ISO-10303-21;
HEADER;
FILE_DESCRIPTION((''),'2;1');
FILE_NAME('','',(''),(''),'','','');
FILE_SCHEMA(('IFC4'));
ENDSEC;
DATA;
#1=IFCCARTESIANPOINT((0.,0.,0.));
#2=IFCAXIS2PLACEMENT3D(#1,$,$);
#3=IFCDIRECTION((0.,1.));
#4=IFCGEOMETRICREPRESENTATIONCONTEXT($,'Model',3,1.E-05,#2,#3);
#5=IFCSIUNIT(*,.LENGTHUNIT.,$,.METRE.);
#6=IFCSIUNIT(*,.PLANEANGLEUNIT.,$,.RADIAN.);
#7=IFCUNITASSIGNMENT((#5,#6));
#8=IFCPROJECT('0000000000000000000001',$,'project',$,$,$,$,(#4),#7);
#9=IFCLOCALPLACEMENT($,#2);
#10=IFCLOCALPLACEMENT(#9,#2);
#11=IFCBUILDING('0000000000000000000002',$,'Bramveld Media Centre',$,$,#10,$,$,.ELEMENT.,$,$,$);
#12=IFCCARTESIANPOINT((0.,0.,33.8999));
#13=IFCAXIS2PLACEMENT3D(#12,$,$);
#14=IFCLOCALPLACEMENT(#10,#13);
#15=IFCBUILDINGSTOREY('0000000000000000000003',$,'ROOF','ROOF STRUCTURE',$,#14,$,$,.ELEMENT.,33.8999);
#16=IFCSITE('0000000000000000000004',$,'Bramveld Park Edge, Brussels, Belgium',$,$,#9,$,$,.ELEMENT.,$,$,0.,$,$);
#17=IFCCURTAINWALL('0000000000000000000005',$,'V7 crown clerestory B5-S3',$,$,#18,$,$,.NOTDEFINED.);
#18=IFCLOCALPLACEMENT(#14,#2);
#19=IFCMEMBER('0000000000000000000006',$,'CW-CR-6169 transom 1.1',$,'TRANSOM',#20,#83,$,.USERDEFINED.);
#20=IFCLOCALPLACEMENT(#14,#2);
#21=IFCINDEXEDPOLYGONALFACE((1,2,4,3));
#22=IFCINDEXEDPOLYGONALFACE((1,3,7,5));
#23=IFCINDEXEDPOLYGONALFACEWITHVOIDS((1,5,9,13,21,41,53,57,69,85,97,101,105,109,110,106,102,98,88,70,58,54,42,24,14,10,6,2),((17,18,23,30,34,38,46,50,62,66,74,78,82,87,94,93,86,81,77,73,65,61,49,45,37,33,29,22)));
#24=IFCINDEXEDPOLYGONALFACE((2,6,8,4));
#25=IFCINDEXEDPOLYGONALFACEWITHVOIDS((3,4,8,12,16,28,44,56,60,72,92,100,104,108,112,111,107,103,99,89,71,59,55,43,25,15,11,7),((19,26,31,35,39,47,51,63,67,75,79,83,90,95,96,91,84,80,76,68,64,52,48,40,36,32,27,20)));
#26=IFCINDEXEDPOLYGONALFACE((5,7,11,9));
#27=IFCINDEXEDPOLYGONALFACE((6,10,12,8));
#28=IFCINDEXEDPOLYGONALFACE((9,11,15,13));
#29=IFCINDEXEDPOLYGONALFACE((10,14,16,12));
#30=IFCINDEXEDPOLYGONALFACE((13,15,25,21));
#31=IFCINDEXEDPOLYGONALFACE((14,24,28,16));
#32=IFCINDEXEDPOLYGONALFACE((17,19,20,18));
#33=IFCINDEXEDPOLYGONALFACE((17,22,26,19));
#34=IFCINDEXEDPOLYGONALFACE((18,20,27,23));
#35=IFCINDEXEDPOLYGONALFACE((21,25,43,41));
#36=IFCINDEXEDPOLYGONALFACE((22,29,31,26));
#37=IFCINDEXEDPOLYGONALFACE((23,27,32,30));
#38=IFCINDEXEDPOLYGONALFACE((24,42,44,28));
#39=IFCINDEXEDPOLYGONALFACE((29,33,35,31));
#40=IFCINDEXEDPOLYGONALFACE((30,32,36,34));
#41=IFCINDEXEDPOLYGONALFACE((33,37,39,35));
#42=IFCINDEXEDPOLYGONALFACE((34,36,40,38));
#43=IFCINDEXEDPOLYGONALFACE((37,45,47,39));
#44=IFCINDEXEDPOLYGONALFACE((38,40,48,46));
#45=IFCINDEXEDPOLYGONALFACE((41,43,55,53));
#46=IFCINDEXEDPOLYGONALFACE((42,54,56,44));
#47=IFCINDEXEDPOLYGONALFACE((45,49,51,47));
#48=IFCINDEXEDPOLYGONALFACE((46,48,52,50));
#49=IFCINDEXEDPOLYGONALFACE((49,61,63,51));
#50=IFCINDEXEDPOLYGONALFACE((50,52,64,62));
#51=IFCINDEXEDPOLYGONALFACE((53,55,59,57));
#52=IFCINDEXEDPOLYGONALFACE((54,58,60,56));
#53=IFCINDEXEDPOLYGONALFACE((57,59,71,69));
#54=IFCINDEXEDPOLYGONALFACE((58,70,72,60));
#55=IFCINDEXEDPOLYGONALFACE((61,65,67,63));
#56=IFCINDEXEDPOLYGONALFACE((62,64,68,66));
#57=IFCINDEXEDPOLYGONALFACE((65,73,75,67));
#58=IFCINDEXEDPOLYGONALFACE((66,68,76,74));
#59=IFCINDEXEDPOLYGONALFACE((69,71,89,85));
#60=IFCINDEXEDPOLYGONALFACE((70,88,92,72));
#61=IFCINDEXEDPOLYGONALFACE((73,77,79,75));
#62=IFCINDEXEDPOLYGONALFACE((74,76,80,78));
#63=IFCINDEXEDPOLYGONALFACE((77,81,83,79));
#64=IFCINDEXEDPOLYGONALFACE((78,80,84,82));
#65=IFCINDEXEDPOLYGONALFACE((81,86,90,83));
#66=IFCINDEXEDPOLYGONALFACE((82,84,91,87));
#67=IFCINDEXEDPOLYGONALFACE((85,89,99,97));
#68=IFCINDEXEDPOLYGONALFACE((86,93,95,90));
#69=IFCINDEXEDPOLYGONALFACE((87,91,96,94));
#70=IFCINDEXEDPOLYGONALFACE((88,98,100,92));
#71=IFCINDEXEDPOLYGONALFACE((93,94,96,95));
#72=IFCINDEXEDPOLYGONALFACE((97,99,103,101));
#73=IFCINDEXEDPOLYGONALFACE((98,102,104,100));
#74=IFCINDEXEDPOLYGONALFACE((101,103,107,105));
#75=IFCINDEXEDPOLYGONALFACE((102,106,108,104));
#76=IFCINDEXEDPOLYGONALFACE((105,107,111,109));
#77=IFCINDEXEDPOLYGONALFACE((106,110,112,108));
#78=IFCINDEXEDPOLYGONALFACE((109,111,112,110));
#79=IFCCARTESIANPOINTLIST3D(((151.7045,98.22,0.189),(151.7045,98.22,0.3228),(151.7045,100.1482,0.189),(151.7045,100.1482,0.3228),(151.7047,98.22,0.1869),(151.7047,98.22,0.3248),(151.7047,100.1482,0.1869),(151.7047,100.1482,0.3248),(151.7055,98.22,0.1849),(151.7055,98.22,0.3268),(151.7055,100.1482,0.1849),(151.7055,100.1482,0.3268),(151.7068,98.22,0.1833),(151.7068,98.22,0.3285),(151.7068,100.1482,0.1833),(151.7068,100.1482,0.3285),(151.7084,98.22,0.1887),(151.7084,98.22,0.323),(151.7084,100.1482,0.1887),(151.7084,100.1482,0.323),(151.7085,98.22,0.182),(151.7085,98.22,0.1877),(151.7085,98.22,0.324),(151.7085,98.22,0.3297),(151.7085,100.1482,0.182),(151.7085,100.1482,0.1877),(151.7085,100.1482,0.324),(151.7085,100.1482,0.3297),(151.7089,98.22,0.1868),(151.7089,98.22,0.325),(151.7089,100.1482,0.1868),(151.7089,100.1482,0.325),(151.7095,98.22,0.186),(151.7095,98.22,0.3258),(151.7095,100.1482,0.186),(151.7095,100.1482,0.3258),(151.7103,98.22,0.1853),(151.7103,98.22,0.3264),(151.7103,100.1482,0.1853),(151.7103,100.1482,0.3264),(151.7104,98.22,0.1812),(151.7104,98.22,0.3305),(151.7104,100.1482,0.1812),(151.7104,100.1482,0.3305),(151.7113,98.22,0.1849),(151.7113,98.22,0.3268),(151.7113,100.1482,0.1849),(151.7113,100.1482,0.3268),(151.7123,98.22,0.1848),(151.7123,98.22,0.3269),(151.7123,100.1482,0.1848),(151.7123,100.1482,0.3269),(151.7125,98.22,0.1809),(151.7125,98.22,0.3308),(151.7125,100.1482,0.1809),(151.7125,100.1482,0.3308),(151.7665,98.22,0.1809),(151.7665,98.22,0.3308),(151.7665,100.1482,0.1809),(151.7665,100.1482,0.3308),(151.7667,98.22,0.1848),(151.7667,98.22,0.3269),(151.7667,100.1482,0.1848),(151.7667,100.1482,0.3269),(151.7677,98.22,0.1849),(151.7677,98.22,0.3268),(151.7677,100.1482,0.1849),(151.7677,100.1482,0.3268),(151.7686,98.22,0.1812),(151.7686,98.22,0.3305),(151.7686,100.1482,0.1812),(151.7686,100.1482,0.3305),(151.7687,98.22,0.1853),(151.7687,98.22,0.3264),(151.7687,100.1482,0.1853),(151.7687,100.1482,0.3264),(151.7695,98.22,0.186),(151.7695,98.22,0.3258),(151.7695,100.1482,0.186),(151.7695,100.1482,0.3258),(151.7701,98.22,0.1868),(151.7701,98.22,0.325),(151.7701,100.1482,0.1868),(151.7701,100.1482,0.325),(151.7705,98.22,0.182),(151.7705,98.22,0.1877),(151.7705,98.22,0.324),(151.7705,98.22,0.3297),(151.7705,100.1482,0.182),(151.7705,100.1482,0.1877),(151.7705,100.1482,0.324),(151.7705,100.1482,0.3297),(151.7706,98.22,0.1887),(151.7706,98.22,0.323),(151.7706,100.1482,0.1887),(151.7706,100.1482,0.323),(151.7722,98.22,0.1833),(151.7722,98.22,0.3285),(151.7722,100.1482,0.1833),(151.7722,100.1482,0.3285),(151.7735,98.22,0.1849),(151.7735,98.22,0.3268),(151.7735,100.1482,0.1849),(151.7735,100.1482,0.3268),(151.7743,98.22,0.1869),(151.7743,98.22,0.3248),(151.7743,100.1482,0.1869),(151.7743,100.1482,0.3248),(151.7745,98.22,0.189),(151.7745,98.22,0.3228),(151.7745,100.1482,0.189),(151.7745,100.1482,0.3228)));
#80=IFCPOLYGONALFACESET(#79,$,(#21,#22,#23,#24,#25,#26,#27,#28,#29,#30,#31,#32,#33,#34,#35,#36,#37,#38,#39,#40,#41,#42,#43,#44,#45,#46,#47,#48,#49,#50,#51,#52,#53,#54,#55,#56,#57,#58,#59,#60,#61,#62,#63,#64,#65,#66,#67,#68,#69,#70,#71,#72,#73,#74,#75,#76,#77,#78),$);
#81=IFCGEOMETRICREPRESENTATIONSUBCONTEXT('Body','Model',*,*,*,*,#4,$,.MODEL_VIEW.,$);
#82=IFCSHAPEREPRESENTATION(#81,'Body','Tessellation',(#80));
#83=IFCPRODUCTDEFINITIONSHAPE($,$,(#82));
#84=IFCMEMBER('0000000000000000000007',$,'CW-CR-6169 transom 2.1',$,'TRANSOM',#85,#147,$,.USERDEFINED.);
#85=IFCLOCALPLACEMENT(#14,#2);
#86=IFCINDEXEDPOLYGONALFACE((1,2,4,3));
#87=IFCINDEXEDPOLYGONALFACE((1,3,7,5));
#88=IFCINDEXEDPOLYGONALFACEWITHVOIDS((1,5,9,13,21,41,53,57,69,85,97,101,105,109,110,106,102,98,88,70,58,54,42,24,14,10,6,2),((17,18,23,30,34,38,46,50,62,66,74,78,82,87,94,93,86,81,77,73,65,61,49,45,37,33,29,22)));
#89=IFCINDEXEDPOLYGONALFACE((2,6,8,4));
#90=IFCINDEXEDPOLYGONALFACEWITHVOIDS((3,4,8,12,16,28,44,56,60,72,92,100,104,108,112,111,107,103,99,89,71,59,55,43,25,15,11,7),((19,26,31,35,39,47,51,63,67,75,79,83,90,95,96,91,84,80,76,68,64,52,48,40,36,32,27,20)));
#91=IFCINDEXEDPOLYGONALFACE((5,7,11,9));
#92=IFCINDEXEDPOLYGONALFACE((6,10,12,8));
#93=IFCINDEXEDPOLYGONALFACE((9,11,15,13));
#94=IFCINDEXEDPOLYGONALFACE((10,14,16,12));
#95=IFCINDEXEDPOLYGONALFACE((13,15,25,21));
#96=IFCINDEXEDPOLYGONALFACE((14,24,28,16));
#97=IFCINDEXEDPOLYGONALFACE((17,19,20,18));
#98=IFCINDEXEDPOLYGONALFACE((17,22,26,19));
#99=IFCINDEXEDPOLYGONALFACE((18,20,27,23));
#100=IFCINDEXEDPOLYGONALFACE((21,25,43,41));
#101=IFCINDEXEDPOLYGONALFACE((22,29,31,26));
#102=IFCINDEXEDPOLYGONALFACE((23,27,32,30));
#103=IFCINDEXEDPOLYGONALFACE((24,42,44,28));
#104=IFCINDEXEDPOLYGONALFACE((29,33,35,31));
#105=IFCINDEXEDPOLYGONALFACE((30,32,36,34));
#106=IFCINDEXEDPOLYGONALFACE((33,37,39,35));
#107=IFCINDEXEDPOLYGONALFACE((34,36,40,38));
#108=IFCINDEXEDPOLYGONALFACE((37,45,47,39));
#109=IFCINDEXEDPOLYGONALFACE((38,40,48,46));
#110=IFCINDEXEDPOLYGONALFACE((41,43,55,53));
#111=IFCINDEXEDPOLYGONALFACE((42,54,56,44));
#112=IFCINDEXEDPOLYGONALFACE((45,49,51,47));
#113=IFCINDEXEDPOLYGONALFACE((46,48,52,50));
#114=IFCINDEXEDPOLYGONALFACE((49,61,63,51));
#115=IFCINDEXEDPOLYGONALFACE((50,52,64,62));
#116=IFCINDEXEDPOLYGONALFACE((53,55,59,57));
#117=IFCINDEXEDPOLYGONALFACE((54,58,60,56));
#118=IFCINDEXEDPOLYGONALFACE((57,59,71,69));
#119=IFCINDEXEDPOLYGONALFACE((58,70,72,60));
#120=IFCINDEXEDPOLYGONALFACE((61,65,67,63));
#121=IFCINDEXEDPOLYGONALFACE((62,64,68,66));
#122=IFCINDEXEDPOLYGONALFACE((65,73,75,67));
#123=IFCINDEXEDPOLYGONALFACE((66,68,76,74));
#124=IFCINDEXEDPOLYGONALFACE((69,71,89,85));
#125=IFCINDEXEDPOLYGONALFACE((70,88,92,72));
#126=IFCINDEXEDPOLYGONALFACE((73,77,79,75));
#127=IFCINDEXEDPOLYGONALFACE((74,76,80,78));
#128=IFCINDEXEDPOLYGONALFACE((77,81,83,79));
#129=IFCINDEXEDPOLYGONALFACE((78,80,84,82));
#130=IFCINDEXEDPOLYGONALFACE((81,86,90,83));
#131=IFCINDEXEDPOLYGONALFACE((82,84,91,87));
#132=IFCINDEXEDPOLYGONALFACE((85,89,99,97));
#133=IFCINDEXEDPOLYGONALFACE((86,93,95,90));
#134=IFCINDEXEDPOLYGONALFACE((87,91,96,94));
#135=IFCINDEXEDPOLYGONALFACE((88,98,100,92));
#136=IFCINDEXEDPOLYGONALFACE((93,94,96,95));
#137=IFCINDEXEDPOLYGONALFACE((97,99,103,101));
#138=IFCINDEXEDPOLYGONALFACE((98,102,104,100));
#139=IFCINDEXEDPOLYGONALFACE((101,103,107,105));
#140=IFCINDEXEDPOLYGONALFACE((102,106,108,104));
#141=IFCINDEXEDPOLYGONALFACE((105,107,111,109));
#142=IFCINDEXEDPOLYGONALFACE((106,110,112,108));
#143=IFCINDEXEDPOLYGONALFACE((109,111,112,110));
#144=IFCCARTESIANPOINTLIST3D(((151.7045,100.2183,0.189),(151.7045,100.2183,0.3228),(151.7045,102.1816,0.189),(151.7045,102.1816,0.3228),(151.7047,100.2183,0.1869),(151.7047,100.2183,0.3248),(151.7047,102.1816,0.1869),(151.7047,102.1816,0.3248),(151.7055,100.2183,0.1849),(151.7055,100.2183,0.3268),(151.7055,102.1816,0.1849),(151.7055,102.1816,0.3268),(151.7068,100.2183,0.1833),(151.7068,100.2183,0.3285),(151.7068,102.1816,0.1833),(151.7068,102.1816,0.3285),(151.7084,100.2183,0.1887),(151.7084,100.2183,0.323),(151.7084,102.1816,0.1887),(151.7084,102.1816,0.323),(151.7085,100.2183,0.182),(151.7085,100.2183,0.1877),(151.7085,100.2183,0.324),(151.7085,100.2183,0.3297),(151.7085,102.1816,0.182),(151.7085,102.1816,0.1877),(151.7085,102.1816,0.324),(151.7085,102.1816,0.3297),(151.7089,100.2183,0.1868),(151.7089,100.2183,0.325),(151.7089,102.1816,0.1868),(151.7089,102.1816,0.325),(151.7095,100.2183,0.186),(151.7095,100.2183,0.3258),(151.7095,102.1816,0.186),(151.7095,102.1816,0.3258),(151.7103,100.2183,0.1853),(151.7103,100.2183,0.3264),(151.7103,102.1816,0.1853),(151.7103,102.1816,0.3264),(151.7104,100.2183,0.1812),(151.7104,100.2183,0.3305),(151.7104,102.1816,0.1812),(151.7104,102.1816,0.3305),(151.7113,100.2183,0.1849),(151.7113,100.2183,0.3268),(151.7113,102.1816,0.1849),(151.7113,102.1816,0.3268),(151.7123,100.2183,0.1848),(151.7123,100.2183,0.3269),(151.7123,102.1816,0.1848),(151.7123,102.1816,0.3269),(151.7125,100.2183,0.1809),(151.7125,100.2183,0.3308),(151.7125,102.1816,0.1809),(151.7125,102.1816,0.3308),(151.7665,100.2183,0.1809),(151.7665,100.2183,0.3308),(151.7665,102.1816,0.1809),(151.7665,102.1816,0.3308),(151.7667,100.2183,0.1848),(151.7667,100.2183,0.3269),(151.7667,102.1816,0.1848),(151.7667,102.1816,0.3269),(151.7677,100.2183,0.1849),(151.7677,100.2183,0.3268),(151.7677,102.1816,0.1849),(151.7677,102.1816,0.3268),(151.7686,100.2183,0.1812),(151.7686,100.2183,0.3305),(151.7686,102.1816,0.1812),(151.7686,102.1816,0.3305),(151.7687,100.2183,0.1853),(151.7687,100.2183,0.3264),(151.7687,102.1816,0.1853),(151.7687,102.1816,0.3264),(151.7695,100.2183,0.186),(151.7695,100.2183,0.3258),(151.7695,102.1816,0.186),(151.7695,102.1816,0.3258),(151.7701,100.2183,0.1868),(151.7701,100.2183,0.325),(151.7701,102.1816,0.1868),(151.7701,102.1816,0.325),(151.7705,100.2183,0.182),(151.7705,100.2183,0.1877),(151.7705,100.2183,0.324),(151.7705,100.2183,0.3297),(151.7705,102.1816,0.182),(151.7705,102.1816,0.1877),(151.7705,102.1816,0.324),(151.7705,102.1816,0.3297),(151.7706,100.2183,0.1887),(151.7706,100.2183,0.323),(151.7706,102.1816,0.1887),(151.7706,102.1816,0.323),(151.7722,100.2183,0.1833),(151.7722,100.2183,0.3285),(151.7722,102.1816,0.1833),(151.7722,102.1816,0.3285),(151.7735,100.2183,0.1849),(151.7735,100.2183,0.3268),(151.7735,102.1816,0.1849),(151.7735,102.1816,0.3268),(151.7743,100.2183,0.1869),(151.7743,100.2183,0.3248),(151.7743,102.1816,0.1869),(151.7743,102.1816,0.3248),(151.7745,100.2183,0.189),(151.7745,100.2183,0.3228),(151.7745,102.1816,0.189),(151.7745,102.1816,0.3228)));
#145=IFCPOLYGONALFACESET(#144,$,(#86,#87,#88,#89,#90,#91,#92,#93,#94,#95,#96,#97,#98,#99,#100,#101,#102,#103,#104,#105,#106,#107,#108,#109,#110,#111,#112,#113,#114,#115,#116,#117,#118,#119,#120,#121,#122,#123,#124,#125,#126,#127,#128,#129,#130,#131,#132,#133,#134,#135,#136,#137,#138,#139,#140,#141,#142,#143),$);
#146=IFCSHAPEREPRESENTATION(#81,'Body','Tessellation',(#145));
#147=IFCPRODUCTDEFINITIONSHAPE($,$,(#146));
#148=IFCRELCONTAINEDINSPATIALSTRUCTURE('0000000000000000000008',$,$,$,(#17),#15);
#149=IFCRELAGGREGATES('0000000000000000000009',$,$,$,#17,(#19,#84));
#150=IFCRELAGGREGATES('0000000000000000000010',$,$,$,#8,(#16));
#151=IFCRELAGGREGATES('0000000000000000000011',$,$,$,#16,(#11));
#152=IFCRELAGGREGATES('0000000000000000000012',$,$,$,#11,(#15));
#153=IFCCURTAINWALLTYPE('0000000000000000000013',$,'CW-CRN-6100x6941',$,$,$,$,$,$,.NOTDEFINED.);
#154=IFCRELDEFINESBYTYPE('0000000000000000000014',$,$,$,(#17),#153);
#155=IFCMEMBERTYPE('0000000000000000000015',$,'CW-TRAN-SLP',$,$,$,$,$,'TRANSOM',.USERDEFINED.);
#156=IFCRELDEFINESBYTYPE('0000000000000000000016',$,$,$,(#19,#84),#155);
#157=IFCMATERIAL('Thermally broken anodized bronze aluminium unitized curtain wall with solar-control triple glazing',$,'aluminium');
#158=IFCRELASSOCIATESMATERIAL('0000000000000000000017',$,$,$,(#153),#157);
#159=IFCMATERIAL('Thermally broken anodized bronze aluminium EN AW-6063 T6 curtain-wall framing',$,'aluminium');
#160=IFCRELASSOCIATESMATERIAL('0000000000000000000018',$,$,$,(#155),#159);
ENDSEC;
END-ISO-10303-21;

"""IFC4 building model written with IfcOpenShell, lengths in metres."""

from ifc_helpers import new_model, si_unit, direction, frame, origin, origin_2d, place, context, subcontext, project, spatial, hollow_rectangle, extrude, material, material_profile, profile_set, type_object, element, aggregate, save


model = new_model("IFC4")

# Units and contexts
model_context = context("Model", 3, precision=1e-05, world=origin(), true_north=direction((0.0, 1.0)))
body_context = subcontext(model_context, "Body", "Model", "MODEL_VIEW")
ifc_project = project(units=[si_unit("LENGTHUNIT", "METRE"), si_unit("PLANEANGLEUNIT", "RADIAN")], contexts=[model_context])

# Site, building, storey
site_placement = place(None, origin())
site = spatial("IfcSite", under=ifc_project, at=site_placement, Name="Bramveld Park Edge, Brussels, Belgium", CompositionType="ELEMENT", RefElevation=0.0)
building_placement = place(site_placement, origin())
building = spatial("IfcBuilding", under=site, at=building_placement, Name="Bramveld Media Centre", CompositionType="ELEMENT")
storey_placement = place(building_placement, frame((0.0, 0.0, 33.8999)))
storey = spatial("IfcBuildingStorey", under=building, at=storey_placement, Name="ROOF", Description="ROOF STRUCTURE", CompositionType="ELEMENT", Elevation=33.8999)

# Curtain wall, members
ifc_material_1 = material(Name="Thermally broken anodized bronze aluminium unitized curtain wall with solar-control triple glazing", Category="aluminium")
curtain_wall_type = type_object("IfcCurtainWallType", Name="CW-CRN-6100x6941", PredefinedType="NOTDEFINED", material=ifc_material_1)
curtain_wall_placement = place(storey_placement, origin())
curtain_wall = element("IfcCurtainWall", 1, at=curtain_wall_placement, inside=storey, type_object=curtain_wall_type, Name="V7 crown clerestory B5-S3", PredefinedType="NOTDEFINED")
ifc_material_2 = material(Name="Thermally broken anodized bronze aluminium EN AW-6063 T6 curtain-wall framing", Category="aluminium")
ifc_material_profile_1 = material_profile(ifc_material_2, hollow_rectangle(XDim=0.0701, YDim=0.1499, WallThickness=0.0039, InnerFilletRadius=0.0039, OuterFilletRadius=0.0081, at=origin_2d()), Name="AL-TRAN 70x150")
ifc_profile_set_1 = profile_set([ifc_material_profile_1], Name="Thermally broken anodized bronze aluminium EN AW-6063 T6 curtain-wall framing")
member_type_1 = type_object("IfcMemberType", Name="CW-TRAN-SLP", ElementType="TRANSOM", PredefinedType="USERDEFINED", material=ifc_profile_set_1)
member_1_placement = place(storey_placement, frame((151.7395, 98.22, 0.2559), z_axis=(0.0, 1.0, 0.0), x_axis=(-1.0, 0.0, 0.0)))
member_1 = element("IfcMember", 2, at=member_1_placement, type_object=member_type_1, Name="CW-CR-6169 transom 1.1", ObjectType="TRANSOM", PredefinedType="USERDEFINED", context=body_context, shape_type="SweptSolid", body=[
    extrude(hollow_rectangle(XDim=0.0701, YDim=0.1499, WallThickness=0.0039, InnerFilletRadius=0.0039, OuterFilletRadius=0.0081, at=origin_2d()), origin(), (0.0, 0.0, 1.0), 1.9282),
])
member_2_placement = place(storey_placement, frame((151.7395, 100.2183, 0.2559), z_axis=(0.0, 1.0, 0.0), x_axis=(-1.0, 0.0, 0.0)))
member_2 = element("IfcMember", 3, at=member_2_placement, type_object=member_type_1, Name="CW-CR-6169 transom 2.1", ObjectType="TRANSOM", PredefinedType="USERDEFINED", context=body_context, shape_type="SweptSolid", body=[
    extrude(hollow_rectangle(XDim=0.0701, YDim=0.1499, WallThickness=0.0039, InnerFilletRadius=0.0039, OuterFilletRadius=0.0081, at=origin_2d()), origin(), (0.0, 0.0, 1.0), 1.9634),
])

aggregate(curtain_wall, [member_1, member_2])

save(model, "model.ifc")
